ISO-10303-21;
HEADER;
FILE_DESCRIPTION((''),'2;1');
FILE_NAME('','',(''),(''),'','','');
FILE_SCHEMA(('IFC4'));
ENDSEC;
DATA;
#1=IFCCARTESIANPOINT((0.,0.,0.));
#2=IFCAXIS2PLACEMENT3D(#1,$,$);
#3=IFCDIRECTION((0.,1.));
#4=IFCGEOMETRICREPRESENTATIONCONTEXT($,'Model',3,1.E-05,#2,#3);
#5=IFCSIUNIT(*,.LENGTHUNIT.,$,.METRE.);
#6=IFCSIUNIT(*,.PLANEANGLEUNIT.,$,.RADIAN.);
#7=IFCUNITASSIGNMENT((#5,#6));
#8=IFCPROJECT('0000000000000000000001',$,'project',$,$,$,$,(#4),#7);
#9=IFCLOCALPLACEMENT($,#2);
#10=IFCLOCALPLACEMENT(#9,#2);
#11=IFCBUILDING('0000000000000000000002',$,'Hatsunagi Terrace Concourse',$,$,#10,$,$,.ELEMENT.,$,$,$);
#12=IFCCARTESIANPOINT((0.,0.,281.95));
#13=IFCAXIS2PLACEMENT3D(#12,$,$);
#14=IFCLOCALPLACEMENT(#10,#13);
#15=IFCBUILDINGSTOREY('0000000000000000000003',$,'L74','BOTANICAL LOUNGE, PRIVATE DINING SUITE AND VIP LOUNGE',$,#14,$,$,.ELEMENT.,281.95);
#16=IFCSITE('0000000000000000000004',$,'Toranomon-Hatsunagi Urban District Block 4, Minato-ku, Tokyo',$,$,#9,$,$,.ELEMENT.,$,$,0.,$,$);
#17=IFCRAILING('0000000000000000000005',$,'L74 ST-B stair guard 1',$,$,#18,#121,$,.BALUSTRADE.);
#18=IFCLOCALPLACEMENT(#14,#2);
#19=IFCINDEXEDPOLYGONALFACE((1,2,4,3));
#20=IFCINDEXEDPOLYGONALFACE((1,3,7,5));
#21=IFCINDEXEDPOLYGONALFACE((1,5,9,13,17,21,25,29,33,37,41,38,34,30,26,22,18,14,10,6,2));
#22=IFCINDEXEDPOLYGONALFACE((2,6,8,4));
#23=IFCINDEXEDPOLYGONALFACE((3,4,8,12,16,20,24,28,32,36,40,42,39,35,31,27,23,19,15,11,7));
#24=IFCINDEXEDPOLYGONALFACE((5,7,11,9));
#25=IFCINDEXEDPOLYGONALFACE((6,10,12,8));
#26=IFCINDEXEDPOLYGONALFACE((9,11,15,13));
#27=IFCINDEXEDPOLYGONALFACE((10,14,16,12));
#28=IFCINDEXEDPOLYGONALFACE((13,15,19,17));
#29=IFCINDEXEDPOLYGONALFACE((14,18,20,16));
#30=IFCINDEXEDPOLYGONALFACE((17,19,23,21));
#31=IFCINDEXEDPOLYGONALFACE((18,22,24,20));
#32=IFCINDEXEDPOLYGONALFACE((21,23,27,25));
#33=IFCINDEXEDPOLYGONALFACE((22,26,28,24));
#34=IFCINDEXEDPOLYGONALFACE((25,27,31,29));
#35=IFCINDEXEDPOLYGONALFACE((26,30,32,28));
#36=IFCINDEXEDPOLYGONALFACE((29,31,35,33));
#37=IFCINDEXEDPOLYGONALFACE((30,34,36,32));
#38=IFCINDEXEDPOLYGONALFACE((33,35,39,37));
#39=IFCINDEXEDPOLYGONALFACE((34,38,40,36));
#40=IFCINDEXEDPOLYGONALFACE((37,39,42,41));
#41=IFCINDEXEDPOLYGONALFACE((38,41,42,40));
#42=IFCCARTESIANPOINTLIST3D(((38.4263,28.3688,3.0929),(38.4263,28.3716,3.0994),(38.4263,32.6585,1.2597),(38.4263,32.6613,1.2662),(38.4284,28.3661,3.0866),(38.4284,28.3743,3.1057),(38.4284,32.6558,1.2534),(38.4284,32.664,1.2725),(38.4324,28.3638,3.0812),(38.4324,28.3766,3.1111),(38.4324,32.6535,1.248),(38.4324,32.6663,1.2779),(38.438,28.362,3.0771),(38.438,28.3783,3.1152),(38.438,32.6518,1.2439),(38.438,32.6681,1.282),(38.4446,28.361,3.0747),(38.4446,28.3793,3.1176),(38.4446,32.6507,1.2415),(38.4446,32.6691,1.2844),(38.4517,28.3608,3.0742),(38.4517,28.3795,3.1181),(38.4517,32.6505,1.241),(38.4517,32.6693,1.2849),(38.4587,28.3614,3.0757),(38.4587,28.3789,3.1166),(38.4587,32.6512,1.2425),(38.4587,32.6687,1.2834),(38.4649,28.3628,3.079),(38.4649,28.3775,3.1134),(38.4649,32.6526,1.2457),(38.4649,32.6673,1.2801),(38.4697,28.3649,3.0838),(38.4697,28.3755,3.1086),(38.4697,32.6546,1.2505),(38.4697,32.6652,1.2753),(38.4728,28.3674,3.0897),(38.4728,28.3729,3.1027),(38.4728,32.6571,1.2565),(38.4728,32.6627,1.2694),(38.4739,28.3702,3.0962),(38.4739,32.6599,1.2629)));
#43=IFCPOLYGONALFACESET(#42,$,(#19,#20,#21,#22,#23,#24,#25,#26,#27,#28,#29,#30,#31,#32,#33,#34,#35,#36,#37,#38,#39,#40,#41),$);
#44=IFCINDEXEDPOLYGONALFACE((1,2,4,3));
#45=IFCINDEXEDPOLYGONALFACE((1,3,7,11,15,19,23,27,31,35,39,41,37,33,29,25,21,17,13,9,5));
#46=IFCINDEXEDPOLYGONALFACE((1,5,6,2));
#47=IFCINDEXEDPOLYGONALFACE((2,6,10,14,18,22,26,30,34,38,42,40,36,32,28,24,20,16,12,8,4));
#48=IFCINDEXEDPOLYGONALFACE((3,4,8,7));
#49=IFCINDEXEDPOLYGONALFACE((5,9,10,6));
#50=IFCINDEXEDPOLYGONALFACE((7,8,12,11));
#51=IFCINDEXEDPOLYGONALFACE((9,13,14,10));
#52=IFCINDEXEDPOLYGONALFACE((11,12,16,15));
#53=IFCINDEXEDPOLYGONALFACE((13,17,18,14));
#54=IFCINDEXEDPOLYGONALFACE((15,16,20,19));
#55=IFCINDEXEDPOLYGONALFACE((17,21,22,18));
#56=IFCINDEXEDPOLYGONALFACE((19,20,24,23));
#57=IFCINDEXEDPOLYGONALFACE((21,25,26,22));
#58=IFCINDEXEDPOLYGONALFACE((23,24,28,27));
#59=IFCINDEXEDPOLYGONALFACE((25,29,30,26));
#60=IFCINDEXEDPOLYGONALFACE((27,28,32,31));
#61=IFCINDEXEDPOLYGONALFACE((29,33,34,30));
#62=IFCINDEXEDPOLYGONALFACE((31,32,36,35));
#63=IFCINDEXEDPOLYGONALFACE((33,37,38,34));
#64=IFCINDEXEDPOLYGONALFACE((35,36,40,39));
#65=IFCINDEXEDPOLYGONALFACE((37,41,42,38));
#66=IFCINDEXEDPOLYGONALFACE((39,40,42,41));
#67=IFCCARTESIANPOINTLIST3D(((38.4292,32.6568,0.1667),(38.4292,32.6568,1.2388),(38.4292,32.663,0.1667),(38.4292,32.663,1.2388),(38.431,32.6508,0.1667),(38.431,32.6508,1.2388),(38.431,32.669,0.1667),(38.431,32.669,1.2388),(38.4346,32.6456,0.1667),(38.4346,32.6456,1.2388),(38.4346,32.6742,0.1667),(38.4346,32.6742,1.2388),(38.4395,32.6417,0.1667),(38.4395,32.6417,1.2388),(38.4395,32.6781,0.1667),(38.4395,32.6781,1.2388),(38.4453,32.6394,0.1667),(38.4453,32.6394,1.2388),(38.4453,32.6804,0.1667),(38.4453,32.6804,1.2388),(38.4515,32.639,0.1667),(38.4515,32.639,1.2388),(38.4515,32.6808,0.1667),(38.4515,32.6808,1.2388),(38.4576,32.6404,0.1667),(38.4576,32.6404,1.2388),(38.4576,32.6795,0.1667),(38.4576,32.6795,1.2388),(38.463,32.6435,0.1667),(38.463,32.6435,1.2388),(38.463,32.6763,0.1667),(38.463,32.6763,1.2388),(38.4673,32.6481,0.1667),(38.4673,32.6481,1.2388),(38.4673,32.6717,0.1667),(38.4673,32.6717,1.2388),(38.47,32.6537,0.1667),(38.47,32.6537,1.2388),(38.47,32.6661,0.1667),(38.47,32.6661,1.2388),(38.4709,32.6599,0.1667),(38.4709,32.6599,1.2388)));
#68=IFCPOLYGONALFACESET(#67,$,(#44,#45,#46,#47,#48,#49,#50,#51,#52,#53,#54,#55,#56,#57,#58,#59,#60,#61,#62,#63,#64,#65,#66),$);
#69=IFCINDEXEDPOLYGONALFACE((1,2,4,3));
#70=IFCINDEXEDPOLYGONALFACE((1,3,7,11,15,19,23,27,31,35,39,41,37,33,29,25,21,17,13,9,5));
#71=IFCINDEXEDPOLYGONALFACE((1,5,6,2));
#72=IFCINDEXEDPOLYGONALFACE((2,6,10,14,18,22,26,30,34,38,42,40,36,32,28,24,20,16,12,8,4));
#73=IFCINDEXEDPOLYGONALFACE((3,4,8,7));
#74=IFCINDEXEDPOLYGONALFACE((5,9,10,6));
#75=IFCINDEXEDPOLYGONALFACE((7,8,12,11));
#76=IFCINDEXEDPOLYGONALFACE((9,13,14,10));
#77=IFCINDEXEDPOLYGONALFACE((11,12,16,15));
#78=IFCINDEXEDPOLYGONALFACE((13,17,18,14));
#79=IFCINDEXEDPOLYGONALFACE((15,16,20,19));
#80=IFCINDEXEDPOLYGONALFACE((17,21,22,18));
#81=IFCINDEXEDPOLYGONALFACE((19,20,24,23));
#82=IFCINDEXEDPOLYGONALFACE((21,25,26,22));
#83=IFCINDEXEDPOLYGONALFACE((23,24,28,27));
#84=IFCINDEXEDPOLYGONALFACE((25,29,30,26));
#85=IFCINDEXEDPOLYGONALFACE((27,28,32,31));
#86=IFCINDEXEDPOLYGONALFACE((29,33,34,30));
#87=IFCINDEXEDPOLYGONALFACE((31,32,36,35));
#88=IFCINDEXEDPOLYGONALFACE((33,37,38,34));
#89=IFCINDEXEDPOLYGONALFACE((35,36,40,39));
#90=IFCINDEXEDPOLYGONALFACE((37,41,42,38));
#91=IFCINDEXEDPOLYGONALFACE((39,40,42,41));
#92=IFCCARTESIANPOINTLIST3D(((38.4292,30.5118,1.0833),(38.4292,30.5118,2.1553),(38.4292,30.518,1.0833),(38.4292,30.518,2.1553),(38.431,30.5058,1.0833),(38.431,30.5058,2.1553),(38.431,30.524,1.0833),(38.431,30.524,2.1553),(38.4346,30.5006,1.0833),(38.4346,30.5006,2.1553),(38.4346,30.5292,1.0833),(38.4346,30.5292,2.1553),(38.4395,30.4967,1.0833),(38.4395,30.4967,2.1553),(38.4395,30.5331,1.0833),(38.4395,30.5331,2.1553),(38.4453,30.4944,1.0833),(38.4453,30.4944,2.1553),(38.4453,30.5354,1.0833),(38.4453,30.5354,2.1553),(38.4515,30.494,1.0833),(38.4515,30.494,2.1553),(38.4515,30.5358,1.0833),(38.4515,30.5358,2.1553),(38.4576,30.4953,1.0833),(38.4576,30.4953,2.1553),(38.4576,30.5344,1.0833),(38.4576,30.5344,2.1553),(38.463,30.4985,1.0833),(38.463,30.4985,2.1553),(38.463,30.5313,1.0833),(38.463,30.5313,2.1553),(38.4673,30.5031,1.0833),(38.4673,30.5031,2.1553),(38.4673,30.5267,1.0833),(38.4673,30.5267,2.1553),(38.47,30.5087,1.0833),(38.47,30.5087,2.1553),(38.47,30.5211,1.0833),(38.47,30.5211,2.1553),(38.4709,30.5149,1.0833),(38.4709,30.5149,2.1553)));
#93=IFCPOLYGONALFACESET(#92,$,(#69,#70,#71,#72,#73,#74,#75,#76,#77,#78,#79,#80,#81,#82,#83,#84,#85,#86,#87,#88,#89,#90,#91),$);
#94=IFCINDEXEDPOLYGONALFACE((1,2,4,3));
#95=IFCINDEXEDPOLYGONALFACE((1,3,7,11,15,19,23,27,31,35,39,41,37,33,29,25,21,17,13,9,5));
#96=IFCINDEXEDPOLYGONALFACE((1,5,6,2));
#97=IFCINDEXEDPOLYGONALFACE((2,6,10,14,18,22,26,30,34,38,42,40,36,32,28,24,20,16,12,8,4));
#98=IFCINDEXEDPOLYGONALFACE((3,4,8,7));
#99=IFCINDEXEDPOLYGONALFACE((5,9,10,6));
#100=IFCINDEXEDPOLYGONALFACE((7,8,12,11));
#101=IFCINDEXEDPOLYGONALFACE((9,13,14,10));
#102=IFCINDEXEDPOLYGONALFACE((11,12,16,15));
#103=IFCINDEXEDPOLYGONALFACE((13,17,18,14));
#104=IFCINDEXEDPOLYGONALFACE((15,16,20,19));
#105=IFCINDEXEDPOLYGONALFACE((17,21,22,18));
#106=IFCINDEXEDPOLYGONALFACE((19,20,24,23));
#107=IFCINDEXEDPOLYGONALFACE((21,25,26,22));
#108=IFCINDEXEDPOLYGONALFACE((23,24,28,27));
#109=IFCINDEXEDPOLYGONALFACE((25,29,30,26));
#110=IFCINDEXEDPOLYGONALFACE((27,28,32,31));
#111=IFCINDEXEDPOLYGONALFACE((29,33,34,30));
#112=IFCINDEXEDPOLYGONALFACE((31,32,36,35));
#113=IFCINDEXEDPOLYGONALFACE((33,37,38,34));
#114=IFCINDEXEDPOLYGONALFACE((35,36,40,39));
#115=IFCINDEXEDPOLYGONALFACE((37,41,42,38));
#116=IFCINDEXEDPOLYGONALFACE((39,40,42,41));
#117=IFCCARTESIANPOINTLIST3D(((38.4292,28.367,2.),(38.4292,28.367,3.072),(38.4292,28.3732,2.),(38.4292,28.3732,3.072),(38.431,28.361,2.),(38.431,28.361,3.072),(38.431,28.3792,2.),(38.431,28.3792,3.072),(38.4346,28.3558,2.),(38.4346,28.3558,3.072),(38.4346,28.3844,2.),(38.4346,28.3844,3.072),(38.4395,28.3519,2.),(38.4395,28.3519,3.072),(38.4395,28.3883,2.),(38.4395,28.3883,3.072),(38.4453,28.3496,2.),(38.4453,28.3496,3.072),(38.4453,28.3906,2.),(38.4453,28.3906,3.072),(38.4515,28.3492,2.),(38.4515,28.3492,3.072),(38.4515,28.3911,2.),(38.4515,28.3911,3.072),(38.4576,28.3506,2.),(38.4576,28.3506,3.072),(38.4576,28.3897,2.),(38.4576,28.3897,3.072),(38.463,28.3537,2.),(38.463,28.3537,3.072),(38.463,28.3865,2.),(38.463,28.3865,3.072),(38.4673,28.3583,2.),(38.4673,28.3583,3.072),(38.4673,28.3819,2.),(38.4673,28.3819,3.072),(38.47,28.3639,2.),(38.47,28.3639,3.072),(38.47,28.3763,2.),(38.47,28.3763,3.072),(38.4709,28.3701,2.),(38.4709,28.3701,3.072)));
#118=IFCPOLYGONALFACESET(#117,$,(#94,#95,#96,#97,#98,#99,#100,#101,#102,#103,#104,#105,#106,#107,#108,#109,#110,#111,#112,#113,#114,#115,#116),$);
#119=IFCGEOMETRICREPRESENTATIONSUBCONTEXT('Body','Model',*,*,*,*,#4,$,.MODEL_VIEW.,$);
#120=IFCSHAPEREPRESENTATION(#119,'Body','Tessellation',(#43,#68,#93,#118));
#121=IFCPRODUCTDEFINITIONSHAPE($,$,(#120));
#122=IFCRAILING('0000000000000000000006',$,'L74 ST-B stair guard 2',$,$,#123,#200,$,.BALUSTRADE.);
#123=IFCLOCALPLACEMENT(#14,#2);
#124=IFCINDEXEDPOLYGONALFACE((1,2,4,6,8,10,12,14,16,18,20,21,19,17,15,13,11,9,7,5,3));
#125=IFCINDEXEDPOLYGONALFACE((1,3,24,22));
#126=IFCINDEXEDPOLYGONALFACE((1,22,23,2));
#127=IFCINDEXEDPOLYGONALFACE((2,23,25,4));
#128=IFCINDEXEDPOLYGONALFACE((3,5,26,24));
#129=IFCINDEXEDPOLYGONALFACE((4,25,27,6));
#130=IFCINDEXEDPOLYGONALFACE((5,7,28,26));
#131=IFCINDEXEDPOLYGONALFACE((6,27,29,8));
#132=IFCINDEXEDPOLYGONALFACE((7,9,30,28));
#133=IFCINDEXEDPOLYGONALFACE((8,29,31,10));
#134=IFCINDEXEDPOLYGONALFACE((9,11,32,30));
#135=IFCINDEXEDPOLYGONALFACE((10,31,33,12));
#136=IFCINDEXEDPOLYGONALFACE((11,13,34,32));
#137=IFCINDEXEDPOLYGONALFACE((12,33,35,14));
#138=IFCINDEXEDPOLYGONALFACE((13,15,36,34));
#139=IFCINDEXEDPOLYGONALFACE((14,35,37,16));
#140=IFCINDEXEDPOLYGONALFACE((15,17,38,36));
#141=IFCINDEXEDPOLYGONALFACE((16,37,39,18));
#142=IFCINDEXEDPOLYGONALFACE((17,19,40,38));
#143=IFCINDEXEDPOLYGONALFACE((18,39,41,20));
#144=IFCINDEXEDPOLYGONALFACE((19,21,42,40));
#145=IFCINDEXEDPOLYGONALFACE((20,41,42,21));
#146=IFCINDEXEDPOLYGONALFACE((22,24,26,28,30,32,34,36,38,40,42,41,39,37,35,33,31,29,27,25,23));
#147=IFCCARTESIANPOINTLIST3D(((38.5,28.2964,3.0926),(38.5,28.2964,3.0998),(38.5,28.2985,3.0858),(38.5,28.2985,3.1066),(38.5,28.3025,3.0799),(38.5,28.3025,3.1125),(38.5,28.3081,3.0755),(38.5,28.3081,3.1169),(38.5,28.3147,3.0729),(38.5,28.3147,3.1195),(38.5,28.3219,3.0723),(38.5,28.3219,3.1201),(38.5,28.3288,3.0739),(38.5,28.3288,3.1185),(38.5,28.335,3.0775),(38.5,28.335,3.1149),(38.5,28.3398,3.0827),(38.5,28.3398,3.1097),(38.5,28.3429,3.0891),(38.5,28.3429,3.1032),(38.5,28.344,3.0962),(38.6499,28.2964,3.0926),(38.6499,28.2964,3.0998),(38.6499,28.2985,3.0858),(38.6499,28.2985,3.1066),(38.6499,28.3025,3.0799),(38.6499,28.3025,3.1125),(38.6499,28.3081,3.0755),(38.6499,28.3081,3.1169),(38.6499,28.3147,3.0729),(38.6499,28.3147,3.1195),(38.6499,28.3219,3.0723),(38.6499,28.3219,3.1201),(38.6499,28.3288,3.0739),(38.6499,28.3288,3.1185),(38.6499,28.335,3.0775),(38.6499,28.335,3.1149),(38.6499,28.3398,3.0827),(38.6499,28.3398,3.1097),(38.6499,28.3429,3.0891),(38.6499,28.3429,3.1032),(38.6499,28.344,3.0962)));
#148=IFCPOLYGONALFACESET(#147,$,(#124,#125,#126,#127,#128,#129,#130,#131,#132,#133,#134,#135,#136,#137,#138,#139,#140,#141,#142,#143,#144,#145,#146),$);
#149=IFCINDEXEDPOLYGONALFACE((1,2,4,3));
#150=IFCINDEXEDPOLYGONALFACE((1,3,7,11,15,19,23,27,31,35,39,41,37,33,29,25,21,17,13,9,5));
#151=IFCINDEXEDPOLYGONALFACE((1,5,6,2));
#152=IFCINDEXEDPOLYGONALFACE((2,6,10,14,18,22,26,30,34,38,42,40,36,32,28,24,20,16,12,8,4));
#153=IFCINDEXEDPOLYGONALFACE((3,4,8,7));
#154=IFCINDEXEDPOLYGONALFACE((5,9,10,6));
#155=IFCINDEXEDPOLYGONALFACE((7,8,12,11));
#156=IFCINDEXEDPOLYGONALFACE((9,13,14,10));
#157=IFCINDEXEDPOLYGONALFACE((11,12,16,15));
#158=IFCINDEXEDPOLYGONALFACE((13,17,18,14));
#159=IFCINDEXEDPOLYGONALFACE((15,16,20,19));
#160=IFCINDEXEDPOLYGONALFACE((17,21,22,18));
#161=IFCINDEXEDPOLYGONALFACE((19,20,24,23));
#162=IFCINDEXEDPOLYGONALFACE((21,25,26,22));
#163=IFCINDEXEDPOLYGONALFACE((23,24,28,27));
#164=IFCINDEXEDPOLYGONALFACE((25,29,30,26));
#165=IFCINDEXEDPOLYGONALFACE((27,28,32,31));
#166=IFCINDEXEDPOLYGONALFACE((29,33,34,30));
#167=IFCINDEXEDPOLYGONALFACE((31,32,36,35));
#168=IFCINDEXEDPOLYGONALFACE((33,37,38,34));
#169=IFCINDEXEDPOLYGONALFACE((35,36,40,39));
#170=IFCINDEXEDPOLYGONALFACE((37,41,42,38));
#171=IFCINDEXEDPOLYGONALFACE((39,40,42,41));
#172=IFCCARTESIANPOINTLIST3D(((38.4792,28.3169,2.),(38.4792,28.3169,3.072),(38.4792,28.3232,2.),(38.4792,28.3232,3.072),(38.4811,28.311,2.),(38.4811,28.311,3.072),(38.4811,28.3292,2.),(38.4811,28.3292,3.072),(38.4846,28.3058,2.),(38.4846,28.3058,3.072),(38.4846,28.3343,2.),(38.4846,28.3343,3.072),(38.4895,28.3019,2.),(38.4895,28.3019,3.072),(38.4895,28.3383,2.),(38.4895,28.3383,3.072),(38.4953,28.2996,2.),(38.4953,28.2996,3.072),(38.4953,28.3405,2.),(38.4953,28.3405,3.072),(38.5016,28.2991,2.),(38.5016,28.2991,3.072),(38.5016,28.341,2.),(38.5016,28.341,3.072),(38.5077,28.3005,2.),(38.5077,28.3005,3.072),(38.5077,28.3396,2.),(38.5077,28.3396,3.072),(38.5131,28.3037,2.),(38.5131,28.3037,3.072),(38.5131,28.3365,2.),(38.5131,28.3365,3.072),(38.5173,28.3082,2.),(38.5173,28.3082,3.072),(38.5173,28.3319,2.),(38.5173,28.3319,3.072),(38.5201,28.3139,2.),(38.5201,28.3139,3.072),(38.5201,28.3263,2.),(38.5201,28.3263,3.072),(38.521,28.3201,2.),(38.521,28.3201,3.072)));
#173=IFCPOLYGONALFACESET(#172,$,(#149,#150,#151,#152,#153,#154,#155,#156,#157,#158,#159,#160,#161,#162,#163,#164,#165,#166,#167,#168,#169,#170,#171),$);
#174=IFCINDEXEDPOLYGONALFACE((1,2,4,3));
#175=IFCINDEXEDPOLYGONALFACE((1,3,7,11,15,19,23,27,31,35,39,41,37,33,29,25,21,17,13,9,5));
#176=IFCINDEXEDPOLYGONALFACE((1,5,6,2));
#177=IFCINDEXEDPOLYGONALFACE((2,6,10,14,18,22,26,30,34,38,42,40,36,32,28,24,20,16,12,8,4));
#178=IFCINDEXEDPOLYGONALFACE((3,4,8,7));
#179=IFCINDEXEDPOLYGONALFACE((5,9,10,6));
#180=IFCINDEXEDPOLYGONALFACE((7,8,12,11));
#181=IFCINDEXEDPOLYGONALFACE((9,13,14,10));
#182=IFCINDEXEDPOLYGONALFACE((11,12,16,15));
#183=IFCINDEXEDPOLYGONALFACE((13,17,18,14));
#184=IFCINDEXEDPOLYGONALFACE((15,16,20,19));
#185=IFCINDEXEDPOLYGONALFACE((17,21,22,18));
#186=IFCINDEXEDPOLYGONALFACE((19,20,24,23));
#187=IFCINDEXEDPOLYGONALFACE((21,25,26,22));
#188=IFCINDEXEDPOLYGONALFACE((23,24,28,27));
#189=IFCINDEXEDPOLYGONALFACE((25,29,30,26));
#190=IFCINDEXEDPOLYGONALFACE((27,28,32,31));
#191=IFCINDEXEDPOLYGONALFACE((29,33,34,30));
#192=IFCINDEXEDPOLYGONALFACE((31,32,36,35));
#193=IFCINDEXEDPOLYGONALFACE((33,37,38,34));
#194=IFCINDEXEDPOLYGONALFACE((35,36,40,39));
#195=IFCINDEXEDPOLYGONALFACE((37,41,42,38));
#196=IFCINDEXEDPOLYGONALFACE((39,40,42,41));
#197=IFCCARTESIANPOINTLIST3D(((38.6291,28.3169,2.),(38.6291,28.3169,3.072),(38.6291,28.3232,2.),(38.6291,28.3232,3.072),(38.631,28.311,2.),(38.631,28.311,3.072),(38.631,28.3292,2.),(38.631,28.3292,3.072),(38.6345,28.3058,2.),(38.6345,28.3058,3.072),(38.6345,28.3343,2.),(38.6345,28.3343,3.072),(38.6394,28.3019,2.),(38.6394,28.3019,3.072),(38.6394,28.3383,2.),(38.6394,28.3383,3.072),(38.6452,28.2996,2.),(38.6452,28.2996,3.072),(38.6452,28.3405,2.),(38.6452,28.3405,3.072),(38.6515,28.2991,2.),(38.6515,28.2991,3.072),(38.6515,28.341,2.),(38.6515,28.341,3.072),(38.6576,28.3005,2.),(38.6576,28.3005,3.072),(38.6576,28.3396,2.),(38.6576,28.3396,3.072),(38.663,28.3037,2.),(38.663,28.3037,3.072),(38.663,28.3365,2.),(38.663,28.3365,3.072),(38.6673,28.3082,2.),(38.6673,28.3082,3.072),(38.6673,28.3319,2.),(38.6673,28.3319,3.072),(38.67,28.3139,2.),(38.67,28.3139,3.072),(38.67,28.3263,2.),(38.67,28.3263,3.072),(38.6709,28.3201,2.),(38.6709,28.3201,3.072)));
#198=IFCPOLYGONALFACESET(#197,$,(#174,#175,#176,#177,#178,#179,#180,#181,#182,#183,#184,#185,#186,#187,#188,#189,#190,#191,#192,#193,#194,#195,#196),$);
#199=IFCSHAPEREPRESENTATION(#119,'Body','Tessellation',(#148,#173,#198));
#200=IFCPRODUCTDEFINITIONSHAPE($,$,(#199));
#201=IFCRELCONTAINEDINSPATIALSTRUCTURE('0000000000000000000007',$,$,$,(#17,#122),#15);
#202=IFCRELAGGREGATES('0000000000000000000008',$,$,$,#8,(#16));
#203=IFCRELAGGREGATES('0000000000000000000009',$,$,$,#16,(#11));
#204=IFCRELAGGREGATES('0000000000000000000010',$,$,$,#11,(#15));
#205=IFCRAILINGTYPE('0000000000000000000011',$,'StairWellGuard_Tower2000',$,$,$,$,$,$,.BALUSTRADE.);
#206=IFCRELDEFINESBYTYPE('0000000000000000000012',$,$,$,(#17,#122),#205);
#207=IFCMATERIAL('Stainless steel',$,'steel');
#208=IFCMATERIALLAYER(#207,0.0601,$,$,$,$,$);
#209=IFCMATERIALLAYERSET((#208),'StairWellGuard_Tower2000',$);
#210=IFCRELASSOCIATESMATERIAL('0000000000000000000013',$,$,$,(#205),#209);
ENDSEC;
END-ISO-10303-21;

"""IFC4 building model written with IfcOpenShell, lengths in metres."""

from ifc_helpers import new_model, si_unit, direction, frame, origin, origin_2d, place, context, subcontext, project, spatial, circle, extrude, material, layer, layer_set, type_object, element, save


model = new_model("IFC4")

# Units and contexts
model_context = context("Model", 3, precision=1e-05, world=origin(), true_north=direction((0.0, 1.0)))
body_context = subcontext(model_context, "Body", "Model", "MODEL_VIEW")
ifc_project = project(units=[si_unit("LENGTHUNIT", "METRE"), si_unit("PLANEANGLEUNIT", "RADIAN")], contexts=[model_context])

# Site, building, storey
site_placement = place(None, origin())
site = spatial("IfcSite", under=ifc_project, at=site_placement, Name="Toranomon-Hatsunagi Urban District Block 4, Minato-ku, Tokyo", CompositionType="ELEMENT", RefElevation=0.0)
building_placement = place(site_placement, origin())
building = spatial("IfcBuilding", under=site, at=building_placement, Name="Hatsunagi Terrace Concourse", CompositionType="ELEMENT")
storey_placement = place(building_placement, frame((0.0, 0.0, 281.95)))
storey = spatial("IfcBuildingStorey", under=building, at=storey_placement, Name="L74", Description="BOTANICAL LOUNGE, PRIVATE DINING SUITE AND VIP LOUNGE", CompositionType="ELEMENT", Elevation=281.95)

# Railings
ifc_material_1 = material(Name="Stainless steel", Category="steel")
ifc_layer_1 = layer(ifc_material_1, 0.0601)
ifc_layer_set_1 = layer_set([ifc_layer_1], Name="StairWellGuard_Tower2000")
railing_type_1 = type_object("IfcRailingType", Name="StairWellGuard_Tower2000", PredefinedType="BALUSTRADE", material=ifc_layer_set_1)
railing_1_placement = place(storey_placement, frame((38.45, 32.6599, 0.1667)))
element("IfcRailing", 1, at=railing_1_placement, inside=storey, type_object=railing_type_1, Name="L74 ST-B stair guard 1", PredefinedType="BALUSTRADE", context=body_context, shape_type="SweptSolid", body=[
    extrude(circle(Radius=0.0239, at=origin_2d()), frame((0.0, 0.0, 1.0962), z_axis=(0.0, -0.919551, 0.392972), x_axis=(1.0, 0.0, 0.0)), (0.0, 0.0, 1.0), 4.665),
    extrude(circle(Radius=0.021, at=origin_2d()), origin(), (0.0, 0.0, 1.0), 1.072),
    extrude(circle(Radius=0.021, at=origin_2d()), frame((0.0, -2.145, 0.9165)), (0.0, 0.0, 1.0), 1.072),
    extrude(circle(Radius=0.021, at=origin_2d()), frame((0.0, -4.2898, 1.8333)), (0.0, 0.0, 1.0), 1.072),
])
railing_2_placement = place(storey_placement, frame((38.5, 28.3201, 2.0)))
element("IfcRailing", 2, at=railing_2_placement, inside=storey, type_object=railing_type_1, Name="L74 ST-B stair guard 2", PredefinedType="BALUSTRADE", context=body_context, shape_type="SweptSolid", body=[
    extrude(circle(Radius=0.0239, at=origin_2d()), frame((0.0, 0.0, 1.0962), z_axis=(1.0, 0.0, 0.0), x_axis=(0.0, 1.0, 0.0)), (0.0, 0.0, 1.0), 0.1499),
    extrude(circle(Radius=0.021, at=origin_2d()), origin(), (0.0, 0.0, 1.0), 1.072),
    extrude(circle(Radius=0.021, at=origin_2d()), frame((0.1499, 0.0, 0.0)), (0.0, 0.0, 1.0), 1.072),
])

save(model, "model.ifc")
